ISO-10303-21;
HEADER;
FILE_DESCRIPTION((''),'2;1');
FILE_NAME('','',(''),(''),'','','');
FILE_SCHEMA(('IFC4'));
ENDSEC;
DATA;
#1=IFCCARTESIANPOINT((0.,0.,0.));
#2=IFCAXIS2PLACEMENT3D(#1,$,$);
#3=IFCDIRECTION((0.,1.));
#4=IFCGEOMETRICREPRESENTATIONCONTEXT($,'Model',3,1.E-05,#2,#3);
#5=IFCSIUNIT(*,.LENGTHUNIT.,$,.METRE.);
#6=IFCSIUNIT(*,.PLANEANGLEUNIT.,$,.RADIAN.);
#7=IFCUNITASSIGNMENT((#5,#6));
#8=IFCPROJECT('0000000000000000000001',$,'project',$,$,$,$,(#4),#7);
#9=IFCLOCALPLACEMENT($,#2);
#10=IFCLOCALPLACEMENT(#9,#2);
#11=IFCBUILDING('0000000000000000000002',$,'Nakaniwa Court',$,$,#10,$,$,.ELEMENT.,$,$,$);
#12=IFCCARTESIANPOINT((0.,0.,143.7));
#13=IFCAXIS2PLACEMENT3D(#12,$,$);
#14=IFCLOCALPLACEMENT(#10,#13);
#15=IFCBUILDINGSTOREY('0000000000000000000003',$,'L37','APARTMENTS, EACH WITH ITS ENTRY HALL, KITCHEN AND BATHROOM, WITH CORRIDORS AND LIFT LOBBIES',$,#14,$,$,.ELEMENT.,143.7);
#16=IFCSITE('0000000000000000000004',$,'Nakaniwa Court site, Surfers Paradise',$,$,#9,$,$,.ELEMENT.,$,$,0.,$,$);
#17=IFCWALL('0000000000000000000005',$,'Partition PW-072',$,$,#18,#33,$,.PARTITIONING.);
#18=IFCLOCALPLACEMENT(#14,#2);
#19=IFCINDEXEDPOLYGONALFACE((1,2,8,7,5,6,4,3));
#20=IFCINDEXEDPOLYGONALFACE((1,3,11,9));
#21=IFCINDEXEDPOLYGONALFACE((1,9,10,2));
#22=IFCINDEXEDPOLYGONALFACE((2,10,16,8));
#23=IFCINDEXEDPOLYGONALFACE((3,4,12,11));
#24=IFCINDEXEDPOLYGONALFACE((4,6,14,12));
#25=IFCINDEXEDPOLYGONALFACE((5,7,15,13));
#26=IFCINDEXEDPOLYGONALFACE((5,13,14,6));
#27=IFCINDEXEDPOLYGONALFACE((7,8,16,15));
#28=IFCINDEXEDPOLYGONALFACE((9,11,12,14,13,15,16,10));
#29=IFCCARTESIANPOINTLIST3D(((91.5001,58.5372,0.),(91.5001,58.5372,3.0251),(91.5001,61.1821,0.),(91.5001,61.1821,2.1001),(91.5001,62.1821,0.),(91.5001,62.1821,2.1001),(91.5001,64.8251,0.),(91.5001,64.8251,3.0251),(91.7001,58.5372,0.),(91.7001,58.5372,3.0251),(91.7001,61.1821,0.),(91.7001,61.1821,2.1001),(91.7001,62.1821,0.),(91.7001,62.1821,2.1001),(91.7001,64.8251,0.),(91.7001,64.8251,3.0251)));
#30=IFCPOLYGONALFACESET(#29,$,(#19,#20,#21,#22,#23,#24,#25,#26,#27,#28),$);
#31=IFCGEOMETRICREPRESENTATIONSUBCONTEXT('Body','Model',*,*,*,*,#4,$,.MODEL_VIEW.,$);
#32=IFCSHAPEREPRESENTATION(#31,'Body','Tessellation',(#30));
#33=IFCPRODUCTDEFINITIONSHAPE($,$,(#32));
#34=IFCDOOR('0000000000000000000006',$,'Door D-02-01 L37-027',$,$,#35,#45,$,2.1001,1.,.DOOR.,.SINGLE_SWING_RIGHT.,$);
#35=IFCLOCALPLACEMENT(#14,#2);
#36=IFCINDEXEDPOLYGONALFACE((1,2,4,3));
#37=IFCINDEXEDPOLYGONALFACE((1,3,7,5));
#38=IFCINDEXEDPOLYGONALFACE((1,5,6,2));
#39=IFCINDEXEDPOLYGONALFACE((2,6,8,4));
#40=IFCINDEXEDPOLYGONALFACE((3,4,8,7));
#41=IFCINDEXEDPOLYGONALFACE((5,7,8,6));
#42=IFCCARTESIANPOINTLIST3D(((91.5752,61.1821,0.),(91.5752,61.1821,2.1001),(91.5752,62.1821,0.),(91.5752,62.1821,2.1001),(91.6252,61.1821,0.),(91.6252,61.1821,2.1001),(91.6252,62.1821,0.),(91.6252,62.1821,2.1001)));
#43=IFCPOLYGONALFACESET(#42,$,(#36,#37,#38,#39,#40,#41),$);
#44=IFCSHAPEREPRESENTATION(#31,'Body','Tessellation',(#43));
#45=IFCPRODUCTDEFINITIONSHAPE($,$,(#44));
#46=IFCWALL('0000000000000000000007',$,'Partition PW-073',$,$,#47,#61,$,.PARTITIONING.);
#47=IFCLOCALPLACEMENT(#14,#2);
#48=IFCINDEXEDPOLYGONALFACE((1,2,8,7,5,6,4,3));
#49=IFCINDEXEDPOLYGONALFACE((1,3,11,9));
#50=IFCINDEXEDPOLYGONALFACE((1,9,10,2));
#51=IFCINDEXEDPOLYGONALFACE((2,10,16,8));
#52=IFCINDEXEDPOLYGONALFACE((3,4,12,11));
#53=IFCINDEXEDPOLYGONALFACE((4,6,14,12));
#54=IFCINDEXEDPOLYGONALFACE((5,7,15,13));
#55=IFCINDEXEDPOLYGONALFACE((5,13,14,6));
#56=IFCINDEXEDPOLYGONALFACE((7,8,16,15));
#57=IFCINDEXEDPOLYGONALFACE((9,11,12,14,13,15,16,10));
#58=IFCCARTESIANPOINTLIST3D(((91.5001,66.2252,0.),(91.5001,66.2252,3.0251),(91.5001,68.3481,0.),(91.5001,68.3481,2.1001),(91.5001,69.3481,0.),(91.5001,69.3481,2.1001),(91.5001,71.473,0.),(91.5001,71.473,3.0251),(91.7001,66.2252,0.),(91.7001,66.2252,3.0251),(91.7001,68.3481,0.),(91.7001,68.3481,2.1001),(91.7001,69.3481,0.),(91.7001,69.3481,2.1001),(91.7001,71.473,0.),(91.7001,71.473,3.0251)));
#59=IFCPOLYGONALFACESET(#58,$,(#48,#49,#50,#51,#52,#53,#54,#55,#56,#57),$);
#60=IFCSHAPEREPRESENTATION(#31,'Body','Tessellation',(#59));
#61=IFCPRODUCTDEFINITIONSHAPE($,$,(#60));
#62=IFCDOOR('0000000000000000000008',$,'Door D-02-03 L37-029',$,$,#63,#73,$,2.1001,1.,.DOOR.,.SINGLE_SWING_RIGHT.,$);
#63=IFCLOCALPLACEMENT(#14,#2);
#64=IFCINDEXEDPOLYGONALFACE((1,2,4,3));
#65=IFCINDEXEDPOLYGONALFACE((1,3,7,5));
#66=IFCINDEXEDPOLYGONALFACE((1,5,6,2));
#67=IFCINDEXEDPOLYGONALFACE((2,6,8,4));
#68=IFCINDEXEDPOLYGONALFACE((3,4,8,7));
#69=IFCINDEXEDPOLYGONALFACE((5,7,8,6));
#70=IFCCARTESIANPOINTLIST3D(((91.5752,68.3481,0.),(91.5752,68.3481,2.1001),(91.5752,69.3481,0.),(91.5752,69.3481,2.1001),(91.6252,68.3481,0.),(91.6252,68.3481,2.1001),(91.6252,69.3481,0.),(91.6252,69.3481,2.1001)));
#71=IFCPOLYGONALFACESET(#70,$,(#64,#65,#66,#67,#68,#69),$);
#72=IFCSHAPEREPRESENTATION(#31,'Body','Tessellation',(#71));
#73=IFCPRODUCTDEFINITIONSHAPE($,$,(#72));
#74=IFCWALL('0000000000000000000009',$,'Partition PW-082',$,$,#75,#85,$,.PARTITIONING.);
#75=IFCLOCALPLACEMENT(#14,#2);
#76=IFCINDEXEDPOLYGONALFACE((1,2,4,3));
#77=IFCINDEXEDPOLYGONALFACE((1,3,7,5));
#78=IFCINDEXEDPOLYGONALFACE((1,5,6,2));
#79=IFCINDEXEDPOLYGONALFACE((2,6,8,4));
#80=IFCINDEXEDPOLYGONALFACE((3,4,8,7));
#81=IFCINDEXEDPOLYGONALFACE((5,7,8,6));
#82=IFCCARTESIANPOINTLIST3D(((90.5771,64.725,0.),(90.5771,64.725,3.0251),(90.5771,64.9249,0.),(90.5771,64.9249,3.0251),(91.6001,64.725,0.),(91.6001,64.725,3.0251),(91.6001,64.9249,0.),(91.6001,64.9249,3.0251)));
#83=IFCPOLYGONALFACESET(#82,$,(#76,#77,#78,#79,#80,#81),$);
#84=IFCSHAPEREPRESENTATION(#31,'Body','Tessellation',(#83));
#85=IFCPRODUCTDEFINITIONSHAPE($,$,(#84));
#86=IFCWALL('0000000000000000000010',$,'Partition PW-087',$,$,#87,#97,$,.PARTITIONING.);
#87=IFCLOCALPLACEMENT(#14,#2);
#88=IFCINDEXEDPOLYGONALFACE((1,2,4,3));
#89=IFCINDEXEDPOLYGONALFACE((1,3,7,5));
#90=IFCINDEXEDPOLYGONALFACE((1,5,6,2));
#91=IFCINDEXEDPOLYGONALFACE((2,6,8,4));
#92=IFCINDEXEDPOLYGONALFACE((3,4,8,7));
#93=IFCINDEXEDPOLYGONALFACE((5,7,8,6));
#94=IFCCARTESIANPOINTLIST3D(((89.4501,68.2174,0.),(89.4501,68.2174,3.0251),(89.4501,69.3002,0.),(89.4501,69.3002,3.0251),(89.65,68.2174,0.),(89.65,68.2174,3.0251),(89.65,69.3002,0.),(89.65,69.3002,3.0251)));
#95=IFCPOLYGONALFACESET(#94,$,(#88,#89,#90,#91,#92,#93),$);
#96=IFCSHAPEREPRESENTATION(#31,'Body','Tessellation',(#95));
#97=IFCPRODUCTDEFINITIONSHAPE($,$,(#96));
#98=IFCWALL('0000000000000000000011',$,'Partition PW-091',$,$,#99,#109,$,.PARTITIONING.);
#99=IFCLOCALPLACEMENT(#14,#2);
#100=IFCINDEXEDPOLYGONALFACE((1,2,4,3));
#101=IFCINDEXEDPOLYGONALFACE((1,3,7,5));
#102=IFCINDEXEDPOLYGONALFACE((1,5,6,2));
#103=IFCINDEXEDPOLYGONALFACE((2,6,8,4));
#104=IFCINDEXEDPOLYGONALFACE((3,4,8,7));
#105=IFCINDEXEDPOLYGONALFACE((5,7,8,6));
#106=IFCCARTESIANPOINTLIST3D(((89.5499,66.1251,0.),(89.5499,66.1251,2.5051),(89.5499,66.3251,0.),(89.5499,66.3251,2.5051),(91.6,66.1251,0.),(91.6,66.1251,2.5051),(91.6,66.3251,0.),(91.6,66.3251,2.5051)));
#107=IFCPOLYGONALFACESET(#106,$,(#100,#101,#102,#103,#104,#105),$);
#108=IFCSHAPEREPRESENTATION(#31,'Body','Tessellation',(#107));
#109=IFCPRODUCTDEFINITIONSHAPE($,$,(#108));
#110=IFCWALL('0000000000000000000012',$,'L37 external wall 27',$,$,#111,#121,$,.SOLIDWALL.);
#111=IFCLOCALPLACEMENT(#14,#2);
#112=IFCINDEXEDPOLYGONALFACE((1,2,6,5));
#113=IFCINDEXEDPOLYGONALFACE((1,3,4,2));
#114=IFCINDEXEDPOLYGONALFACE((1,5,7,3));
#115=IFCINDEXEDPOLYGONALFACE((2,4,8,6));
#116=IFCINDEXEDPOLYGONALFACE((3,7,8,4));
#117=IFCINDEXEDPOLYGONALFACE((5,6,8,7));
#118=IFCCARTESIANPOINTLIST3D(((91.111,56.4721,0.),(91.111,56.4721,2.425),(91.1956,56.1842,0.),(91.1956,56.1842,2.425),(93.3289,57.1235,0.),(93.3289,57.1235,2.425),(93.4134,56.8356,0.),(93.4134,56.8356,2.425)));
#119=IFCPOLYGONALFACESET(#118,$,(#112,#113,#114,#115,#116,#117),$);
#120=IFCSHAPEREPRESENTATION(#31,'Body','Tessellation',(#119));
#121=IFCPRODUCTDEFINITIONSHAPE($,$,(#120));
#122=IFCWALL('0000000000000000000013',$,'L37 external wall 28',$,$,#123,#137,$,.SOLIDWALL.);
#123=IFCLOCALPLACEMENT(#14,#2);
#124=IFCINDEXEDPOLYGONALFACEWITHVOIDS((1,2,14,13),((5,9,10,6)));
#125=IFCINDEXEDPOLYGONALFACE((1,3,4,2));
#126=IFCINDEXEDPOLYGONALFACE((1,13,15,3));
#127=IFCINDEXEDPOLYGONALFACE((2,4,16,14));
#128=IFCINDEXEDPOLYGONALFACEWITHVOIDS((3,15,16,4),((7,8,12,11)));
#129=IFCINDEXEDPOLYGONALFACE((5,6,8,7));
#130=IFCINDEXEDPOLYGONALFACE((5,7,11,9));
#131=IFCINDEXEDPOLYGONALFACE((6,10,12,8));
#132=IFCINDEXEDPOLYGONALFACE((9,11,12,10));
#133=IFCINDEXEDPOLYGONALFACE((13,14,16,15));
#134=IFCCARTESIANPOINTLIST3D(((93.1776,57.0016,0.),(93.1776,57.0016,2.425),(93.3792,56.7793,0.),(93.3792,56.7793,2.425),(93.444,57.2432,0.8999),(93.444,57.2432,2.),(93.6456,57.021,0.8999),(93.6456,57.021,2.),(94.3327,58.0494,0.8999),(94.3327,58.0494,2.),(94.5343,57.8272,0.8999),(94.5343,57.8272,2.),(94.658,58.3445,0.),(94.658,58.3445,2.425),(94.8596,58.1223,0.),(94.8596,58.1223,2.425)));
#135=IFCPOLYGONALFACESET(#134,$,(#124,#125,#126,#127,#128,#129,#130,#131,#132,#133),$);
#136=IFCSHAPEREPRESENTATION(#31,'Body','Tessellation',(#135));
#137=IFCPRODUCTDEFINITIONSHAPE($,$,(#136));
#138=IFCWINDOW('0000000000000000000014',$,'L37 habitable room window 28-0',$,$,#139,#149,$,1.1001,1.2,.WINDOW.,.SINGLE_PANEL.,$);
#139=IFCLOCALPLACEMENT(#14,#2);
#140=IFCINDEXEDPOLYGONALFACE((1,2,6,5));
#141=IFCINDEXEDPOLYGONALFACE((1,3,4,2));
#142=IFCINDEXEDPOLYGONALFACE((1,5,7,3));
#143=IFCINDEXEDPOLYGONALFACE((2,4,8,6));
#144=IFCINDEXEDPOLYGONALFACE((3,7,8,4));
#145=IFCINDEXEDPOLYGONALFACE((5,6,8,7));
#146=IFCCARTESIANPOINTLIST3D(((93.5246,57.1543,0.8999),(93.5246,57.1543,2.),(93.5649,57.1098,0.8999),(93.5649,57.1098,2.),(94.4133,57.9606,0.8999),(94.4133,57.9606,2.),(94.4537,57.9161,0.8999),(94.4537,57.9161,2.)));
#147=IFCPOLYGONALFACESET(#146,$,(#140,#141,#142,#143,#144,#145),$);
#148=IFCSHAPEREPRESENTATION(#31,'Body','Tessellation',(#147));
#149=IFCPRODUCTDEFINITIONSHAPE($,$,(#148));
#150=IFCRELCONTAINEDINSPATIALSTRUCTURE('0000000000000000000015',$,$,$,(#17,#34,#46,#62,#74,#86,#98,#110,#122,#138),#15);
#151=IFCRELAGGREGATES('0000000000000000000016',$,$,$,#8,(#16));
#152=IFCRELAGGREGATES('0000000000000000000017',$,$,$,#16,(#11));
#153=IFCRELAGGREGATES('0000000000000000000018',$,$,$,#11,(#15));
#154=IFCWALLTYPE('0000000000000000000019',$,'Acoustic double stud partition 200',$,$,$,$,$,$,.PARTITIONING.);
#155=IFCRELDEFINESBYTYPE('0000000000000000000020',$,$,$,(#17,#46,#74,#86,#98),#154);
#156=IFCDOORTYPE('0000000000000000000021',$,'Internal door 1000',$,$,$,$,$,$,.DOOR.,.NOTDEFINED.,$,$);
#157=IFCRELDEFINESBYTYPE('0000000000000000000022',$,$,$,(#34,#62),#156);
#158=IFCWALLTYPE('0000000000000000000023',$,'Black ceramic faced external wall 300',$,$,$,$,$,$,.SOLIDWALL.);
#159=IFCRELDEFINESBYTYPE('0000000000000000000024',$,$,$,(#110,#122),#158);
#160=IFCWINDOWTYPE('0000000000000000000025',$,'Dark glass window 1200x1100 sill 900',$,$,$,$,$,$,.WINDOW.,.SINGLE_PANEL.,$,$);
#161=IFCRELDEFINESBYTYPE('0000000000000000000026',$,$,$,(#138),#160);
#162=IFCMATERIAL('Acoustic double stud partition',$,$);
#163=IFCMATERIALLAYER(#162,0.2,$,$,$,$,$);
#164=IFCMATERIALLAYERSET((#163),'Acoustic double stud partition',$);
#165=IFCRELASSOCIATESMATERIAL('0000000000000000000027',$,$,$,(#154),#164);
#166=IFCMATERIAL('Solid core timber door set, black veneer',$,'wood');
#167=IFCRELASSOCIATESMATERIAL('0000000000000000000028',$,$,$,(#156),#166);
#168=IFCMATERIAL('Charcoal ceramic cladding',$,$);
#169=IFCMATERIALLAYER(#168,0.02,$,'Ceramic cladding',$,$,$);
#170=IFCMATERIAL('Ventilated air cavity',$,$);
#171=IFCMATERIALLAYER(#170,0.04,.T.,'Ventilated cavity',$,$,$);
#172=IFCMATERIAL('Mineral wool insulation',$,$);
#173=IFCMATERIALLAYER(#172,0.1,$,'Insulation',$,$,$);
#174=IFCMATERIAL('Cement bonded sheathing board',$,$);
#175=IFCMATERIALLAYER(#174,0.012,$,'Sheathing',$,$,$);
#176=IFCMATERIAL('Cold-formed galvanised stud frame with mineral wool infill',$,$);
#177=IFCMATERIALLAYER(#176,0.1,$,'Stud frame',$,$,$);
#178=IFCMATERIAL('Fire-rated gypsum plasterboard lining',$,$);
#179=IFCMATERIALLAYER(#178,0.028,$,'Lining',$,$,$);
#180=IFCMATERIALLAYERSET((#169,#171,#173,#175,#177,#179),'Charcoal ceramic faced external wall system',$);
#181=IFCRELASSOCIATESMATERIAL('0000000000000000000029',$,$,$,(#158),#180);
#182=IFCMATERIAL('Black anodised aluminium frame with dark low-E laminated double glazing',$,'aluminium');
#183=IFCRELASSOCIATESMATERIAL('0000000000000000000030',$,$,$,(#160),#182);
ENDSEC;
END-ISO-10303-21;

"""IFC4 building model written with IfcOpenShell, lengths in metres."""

from ifc_helpers import new_model, si_unit, direction, frame, frame_2d, origin, place, context, subcontext, project, spatial, rectangle, extrude, material, layer, layer_set, type_object, element, fill, save


model = new_model("IFC4")

# Units and contexts
model_context = context("Model", 3, precision=1e-05, world=origin(), true_north=direction((0.0, 1.0)))
body_context = subcontext(model_context, "Body", "Model", "MODEL_VIEW")
ifc_project = project(units=[si_unit("LENGTHUNIT", "METRE"), si_unit("PLANEANGLEUNIT", "RADIAN")], contexts=[model_context])

# Site, building, storey
site_placement = place(None, origin())
site = spatial("IfcSite", under=ifc_project, at=site_placement, Name="Nakaniwa Court site, Surfers Paradise", CompositionType="ELEMENT", RefElevation=0.0)
building_placement = place(site_placement, origin())
building = spatial("IfcBuilding", under=site, at=building_placement, Name="Nakaniwa Court", CompositionType="ELEMENT")
storey_placement = place(building_placement, frame((0.0, 0.0, 143.7)))
storey = spatial("IfcBuildingStorey", under=building, at=storey_placement, Name="L37", Description="APARTMENTS, EACH WITH ITS ENTRY HALL, KITCHEN AND BATHROOM, WITH CORRIDORS AND LIFT LOBBIES", CompositionType="ELEMENT", Elevation=143.7)

# Shared definitions
ifc_material_1 = material(Name="Acoustic double stud partition")
ifc_layer_1 = layer(ifc_material_1, 0.2)
ifc_layer_set_1 = layer_set([ifc_layer_1], Name="Acoustic double stud partition")
wall_type_1 = type_object("IfcWallType", Name="Acoustic double stud partition 200", PredefinedType="PARTITIONING", material=ifc_layer_set_1)

# Walls, openings, doors
wall_1_placement = place(storey_placement, frame((91.6001, 58.5371, 0.0), z_axis=(0.0, 0.0, 1.0), x_axis=(0.0, 1.0, 0.0)))
wall_1 = element("IfcWall", 1, at=wall_1_placement, inside=storey, type_object=wall_type_1, Name="Partition PW-072", PredefinedType="PARTITIONING", context=body_context, shape_type="SweptSolid", body=[
    extrude(rectangle(XDim=6.2878, YDim=0.2, at=frame_2d((3.144, 0.0))), origin(), (0.0, 0.0, 1.0), 3.0251),
])
opening_1_placement = place(wall_1_placement, frame((2.645, 0.0, 0.0)))
opening_1 = element("IfcOpeningElement", 2, at=opening_1_placement, cuts=wall_1, PredefinedType="OPENING", context=body_context, shape_type="SweptSolid", body=[
    extrude(rectangle(XDim=1.0, YDim=2.1001, at=frame_2d((0.5, 1.05))), frame((0.0, 0.1099, 0.0), z_axis=(0.0, -1.0, 0.0), x_axis=(1.0, 0.0, 0.0)), (0.0, 0.0, 1.0), 0.22),
])
ifc_material_2 = material(Name="Solid core timber door set, black veneer", Category="wood")
door_type = type_object("IfcDoorType", Name="Internal door 1000", OperationType="NOTDEFINED", PredefinedType="DOOR", material=ifc_material_2)
door_1_placement = place(opening_1_placement, origin())
door_1 = element("IfcDoor", 3, at=door_1_placement, inside=storey, type_object=door_type, Name="Door D-02-01 L37-027", OperationType="SINGLE_SWING_RIGHT", OverallHeight=2.1001, OverallWidth=1.0, PredefinedType="DOOR", context=body_context, shape_type="SweptSolid", body=[
    extrude(rectangle(XDim=1.0, YDim=2.1001, at=frame_2d((0.5, 1.05))), frame((0.0, 0.0249, 0.0), z_axis=(0.0, -1.0, 0.0), x_axis=(1.0, 0.0, 0.0)), (0.0, 0.0, 1.0), 0.05),
])
fill(opening_1, door_1)
wall_2_placement = place(storey_placement, frame((91.6001, 66.2251, 0.0), z_axis=(0.0, 0.0, 1.0), x_axis=(0.0, 1.0, 0.0)))
wall_2 = element("IfcWall", 4, at=wall_2_placement, inside=storey, type_object=wall_type_1, Name="Partition PW-073", PredefinedType="PARTITIONING", context=body_context, shape_type="SweptSolid", body=[
    extrude(rectangle(XDim=5.2478, YDim=0.2, at=frame_2d((2.624, 0.0))), origin(), (0.0, 0.0, 1.0), 3.0251),
])
opening_2_placement = place(wall_2_placement, frame((2.123, 0.0, 0.0)))
opening_2 = element("IfcOpeningElement", 5, at=opening_2_placement, cuts=wall_2, PredefinedType="OPENING", context=body_context, shape_type="SweptSolid", body=[
    extrude(rectangle(XDim=1.0, YDim=2.1001, at=frame_2d((0.5, 1.05))), frame((0.0, 0.1099, 0.0), z_axis=(0.0, -1.0, 0.0), x_axis=(1.0, 0.0, 0.0)), (0.0, 0.0, 1.0), 0.22),
])
door_2_placement = place(opening_2_placement, origin())
door_2 = element("IfcDoor", 6, at=door_2_placement, inside=storey, type_object=door_type, Name="Door D-02-03 L37-029", OperationType="SINGLE_SWING_RIGHT", OverallHeight=2.1001, OverallWidth=1.0, PredefinedType="DOOR", context=body_context, shape_type="SweptSolid", body=[
    extrude(rectangle(XDim=1.0, YDim=2.1001, at=frame_2d((0.5, 1.05))), frame((0.0, 0.0249, 0.0), z_axis=(0.0, -1.0, 0.0), x_axis=(1.0, 0.0, 0.0)), (0.0, 0.0, 1.0), 0.05),
])
fill(opening_2, door_2)

# Walls
wall_3_placement = place(storey_placement, frame((90.5771, 64.825, 0.0), z_axis=(0.0, 0.0, 1.0), x_axis=(1.0, 0.0, 0.0)))
element("IfcWall", 7, at=wall_3_placement, inside=storey, type_object=wall_type_1, Name="Partition PW-082", PredefinedType="PARTITIONING", context=body_context, shape_type="SweptSolid", body=[
    extrude(rectangle(XDim=1.0229, YDim=0.2, at=frame_2d((0.5115, 0.0))), origin(), (0.0, 0.0, 1.0), 3.0251),
])
wall_4_placement = place(storey_placement, frame((89.55, 68.2173, 0.0), z_axis=(0.0, 0.0, 1.0), x_axis=(0.0, 1.0, 0.0)))
element("IfcWall", 8, at=wall_4_placement, inside=storey, type_object=wall_type_1, Name="Partition PW-087", PredefinedType="PARTITIONING", context=body_context, shape_type="SweptSolid", body=[
    extrude(rectangle(XDim=1.0828, YDim=0.2, at=frame_2d((0.5415, 0.0))), origin(), (0.0, 0.0, 1.0), 3.0251),
])
wall_5_placement = place(storey_placement, frame((89.55, 66.2251, 0.0), z_axis=(0.0, 0.0, 1.0), x_axis=(1.0, 0.0, 0.0)))
element("IfcWall", 9, at=wall_5_placement, inside=storey, type_object=wall_type_1, Name="Partition PW-091", PredefinedType="PARTITIONING", context=body_context, shape_type="SweptSolid", body=[
    extrude(rectangle(XDim=2.05, YDim=0.2, at=frame_2d((1.0249, 0.0))), origin(), (0.0, 0.0, 1.0), 2.5051),
])
ifc_material_3 = material(Name="Charcoal ceramic cladding")
ifc_layer_2 = layer(ifc_material_3, 0.02, Name="Ceramic cladding")
ifc_material_4 = material(Name="Ventilated air cavity")
ifc_layer_3 = layer(ifc_material_4, 0.04, ventilated=True, Name="Ventilated cavity")
ifc_material_5 = material(Name="Mineral wool insulation")
ifc_layer_4 = layer(ifc_material_5, 0.1, Name="Insulation")
ifc_material_6 = material(Name="Cement bonded sheathing board")
ifc_layer_5 = layer(ifc_material_6, 0.012, Name="Sheathing")
ifc_material_7 = material(Name="Cold-formed galvanised stud frame with mineral wool infill")
ifc_layer_6 = layer(ifc_material_7, 0.1, Name="Stud frame")
ifc_material_8 = material(Name="Fire-rated gypsum plasterboard lining")
ifc_layer_7 = layer(ifc_material_8, 0.028, Name="Lining")
ifc_layer_set_2 = layer_set([ifc_layer_2, ifc_layer_3, ifc_layer_4, ifc_layer_5, ifc_layer_6, ifc_layer_7], Name="Charcoal ceramic faced external wall system")
wall_type_2 = type_object("IfcWallType", Name="Black ceramic faced external wall 300", PredefinedType="SOLIDWALL", material=ifc_layer_set_2)
wall_6_placement = place(storey_placement, frame((91.1533, 56.3281, 0.0), z_axis=(0.0, 0.0, 1.0), x_axis=(0.959473, 0.2818, 0.0)))
element("IfcWall", 10, at=wall_6_placement, inside=storey, type_object=wall_type_2, Name="L37 external wall 27", PredefinedType="SOLIDWALL", context=body_context, shape_type="SweptSolid", body=[
    extrude(rectangle(XDim=2.3115, YDim=0.3, at=frame_2d((1.1558, 0.0))), origin(), (0.0, 0.0, 1.0), 2.425),
])

# Wall, opening, window
wall_7_placement = place(storey_placement, frame((93.2783, 56.8904, 0.0), z_axis=(0.0, 0.0, 1.0), x_axis=(0.740653, 0.671888, 0.0)))
wall_7 = element("IfcWall", 11, at=wall_7_placement, inside=storey, type_object=wall_type_2, Name="L37 external wall 28", PredefinedType="SOLIDWALL", context=body_context, shape_type="SweptSolid", body=[
    extrude(rectangle(XDim=1.9988, YDim=0.3, at=frame_2d((0.9995, 0.0))), origin(), (0.0, 0.0, 1.0), 2.425),
])
opening_3_placement = place(wall_7_placement, frame((0.3596, 0.0, 0.8999)))
opening_3 = element("IfcOpeningElement", 12, at=opening_3_placement, cuts=wall_7, PredefinedType="OPENING", context=body_context, shape_type="SweptSolid", body=[
    extrude(rectangle(XDim=1.2, YDim=1.1001, at=frame_2d((0.6001, 0.55))), frame((0.0, 0.1599, 0.0), z_axis=(0.0, -1.0, 0.0), x_axis=(1.0, 0.0, 0.0)), (0.0, 0.0, 1.0), 0.3201),
])
ifc_material_9 = material(Name="Black anodised aluminium frame with dark low-E laminated double glazing", Category="aluminium")
window_type_1 = type_object("IfcWindowType", Name="Dark glass window 1200x1100 sill 900", PartitioningType="SINGLE_PANEL", PredefinedType="WINDOW", material=ifc_material_9)
window_1_placement = place(opening_3_placement, origin())
window_1 = element("IfcWindow", 13, at=window_1_placement, inside=storey, type_object=window_type_1, Name="L37 habitable room window 28-0", OverallHeight=1.1001, OverallWidth=1.2, PartitioningType="SINGLE_PANEL", PredefinedType="WINDOW", context=body_context, shape_type="SweptSolid", body=[
    extrude(rectangle(XDim=1.2, YDim=1.1001, at=frame_2d((0.6001, 0.55))), frame((0.0, 0.03, 0.0), z_axis=(0.0, -1.0, 0.0), x_axis=(1.0, 0.0, 0.0)), (0.0, 0.0, 1.0), 0.0601),
])
fill(opening_3, window_1)

save(model, "model.ifc")
